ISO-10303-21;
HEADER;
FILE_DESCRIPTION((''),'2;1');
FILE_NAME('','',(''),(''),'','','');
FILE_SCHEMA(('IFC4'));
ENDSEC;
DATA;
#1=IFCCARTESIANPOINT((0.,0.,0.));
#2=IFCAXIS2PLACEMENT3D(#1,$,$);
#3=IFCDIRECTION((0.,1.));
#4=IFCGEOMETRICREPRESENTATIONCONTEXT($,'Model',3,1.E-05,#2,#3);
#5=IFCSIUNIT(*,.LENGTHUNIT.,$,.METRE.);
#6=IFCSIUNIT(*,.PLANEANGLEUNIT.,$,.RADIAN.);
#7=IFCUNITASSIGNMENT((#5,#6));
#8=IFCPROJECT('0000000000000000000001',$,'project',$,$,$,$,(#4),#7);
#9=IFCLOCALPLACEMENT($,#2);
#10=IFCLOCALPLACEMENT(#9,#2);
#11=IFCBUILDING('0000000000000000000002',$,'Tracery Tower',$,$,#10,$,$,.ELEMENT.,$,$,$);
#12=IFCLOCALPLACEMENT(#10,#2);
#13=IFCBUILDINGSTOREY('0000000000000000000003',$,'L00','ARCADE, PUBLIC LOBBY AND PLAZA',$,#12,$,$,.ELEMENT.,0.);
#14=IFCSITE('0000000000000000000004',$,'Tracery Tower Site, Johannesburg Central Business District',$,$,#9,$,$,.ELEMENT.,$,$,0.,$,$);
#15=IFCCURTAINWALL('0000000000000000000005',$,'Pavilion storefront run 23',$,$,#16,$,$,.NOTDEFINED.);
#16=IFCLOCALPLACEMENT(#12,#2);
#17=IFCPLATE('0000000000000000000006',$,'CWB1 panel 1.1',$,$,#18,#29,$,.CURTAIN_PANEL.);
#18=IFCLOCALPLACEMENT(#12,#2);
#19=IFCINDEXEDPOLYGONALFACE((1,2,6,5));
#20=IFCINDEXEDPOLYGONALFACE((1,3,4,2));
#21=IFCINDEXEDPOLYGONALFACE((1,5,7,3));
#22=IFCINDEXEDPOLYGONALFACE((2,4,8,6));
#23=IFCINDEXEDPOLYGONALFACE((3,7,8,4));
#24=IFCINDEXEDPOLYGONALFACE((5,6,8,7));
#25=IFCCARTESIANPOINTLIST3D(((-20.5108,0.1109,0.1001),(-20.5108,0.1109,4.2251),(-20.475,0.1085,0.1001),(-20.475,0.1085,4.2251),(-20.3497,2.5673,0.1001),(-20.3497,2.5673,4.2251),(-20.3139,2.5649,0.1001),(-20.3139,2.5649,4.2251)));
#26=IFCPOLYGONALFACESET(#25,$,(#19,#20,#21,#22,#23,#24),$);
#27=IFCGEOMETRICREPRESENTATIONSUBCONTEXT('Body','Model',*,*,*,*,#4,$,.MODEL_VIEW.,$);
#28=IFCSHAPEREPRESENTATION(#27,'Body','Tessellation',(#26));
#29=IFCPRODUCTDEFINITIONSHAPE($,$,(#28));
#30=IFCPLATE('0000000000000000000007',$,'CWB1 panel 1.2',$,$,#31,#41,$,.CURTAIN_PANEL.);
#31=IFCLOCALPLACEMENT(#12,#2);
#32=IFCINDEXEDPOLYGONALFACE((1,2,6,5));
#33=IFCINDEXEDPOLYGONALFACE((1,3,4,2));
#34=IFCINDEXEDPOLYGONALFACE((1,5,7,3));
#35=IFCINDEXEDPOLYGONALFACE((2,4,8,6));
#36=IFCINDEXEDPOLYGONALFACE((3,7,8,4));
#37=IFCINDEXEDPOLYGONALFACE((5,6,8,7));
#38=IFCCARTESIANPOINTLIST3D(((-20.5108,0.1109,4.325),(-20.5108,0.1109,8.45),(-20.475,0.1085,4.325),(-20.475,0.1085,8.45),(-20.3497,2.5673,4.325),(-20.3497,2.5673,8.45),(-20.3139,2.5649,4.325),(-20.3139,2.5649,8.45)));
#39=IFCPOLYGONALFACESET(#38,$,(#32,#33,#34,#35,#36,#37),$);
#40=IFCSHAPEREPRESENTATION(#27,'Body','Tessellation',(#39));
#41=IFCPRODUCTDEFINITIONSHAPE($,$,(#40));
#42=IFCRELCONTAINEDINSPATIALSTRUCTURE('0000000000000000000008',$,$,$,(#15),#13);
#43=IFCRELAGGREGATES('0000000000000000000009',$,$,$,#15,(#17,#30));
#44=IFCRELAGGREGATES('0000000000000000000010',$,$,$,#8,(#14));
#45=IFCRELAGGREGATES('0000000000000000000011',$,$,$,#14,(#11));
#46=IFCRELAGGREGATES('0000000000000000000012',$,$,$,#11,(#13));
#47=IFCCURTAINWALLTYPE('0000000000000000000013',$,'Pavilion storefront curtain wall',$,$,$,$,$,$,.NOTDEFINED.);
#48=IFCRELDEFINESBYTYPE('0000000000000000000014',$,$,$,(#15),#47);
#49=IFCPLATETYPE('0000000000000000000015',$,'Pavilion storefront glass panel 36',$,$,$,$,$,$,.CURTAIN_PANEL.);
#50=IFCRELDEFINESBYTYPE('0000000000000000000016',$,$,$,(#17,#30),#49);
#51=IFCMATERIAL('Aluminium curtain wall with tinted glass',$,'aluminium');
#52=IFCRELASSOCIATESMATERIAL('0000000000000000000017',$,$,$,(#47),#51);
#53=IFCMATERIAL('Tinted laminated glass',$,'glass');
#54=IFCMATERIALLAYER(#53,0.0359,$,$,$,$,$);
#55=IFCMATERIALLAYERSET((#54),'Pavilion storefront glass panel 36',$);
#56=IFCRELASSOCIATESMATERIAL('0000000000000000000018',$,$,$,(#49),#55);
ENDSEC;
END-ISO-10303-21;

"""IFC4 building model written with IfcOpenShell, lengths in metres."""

from ifc_helpers import new_model, si_unit, direction, frame, origin, origin_2d, place, context, subcontext, project, spatial, rectangle, extrude, material, layer, layer_set, type_object, element, aggregate, save


model = new_model("IFC4")

# Units and contexts
model_context = context("Model", 3, precision=1e-05, world=origin(), true_north=direction((0.0, 1.0)))
body_context = subcontext(model_context, "Body", "Model", "MODEL_VIEW")
ifc_project = project(units=[si_unit("LENGTHUNIT", "METRE"), si_unit("PLANEANGLEUNIT", "RADIAN")], contexts=[model_context])

# Site, building, storey
site_placement = place(None, origin())
site = spatial("IfcSite", under=ifc_project, at=site_placement, Name="Tracery Tower Site, Johannesburg Central Business District", CompositionType="ELEMENT", RefElevation=0.0)
building_placement = place(site_placement, origin())
building = spatial("IfcBuilding", under=site, at=building_placement, Name="Tracery Tower", CompositionType="ELEMENT")
storey_placement = place(building_placement, origin())
storey = spatial("IfcBuildingStorey", under=building, at=storey_placement, Name="L00", Description="ARCADE, PUBLIC LOBBY AND PLAZA", CompositionType="ELEMENT", Elevation=0.0)

# Shared definitions
ifc_material_1 = material(Name="Aluminium curtain wall with tinted glass", Category="aluminium")
curtain_wall_type = type_object("IfcCurtainWallType", Name="Pavilion storefront curtain wall", PredefinedType="NOTDEFINED", material=ifc_material_1)

# Curtain wall
curtain_wall_1_placement = place(storey_placement, origin())
curtain_wall_1 = element("IfcCurtainWall", 1, at=curtain_wall_1_placement, inside=storey, type_object=curtain_wall_type, Name="Pavilion storefront run 23", PredefinedType="NOTDEFINED")

# Plates
ifc_material_2 = material(Name="Tinted laminated glass", Category="glass")
ifc_layer = layer(ifc_material_2, 0.0359)
ifc_layer_set = layer_set([ifc_layer], Name="Pavilion storefront glass panel 36")
plate_type = type_object("IfcPlateType", Name="Pavilion storefront glass panel 36", PredefinedType="CURTAIN_PANEL", material=ifc_layer_set)
plate_1_placement = place(storey_placement, frame((-20.4124, 1.3379, 0.1001), z_axis=(0.0, 0.0, 1.0), x_axis=(-0.065422, -0.997858, 0.0)))
plate_1 = element("IfcPlate", 2, at=plate_1_placement, type_object=plate_type, Name="CWB1 panel 1.1", PredefinedType="CURTAIN_PANEL", context=body_context, shape_type="SweptSolid", body=[
    extrude(rectangle(XDim=2.4617, YDim=0.0359, at=origin_2d()), origin(), (0.0, 0.0, 1.0), 4.125),
])
plate_2_placement = place(storey_placement, frame((-20.4124, 1.3379, 4.325), z_axis=(0.0, 0.0, 1.0), x_axis=(-0.065422, -0.997858, 0.0)))
plate_2 = element("IfcPlate", 3, at=plate_2_placement, type_object=plate_type, Name="CWB1 panel 1.2", PredefinedType="CURTAIN_PANEL", context=body_context, shape_type="SweptSolid", body=[
    extrude(rectangle(XDim=2.4617, YDim=0.0359, at=origin_2d()), origin(), (0.0, 0.0, 1.0), 4.125),
])
aggregate(curtain_wall_1, [plate_1, plate_2])

save(model, "model.ifc")
